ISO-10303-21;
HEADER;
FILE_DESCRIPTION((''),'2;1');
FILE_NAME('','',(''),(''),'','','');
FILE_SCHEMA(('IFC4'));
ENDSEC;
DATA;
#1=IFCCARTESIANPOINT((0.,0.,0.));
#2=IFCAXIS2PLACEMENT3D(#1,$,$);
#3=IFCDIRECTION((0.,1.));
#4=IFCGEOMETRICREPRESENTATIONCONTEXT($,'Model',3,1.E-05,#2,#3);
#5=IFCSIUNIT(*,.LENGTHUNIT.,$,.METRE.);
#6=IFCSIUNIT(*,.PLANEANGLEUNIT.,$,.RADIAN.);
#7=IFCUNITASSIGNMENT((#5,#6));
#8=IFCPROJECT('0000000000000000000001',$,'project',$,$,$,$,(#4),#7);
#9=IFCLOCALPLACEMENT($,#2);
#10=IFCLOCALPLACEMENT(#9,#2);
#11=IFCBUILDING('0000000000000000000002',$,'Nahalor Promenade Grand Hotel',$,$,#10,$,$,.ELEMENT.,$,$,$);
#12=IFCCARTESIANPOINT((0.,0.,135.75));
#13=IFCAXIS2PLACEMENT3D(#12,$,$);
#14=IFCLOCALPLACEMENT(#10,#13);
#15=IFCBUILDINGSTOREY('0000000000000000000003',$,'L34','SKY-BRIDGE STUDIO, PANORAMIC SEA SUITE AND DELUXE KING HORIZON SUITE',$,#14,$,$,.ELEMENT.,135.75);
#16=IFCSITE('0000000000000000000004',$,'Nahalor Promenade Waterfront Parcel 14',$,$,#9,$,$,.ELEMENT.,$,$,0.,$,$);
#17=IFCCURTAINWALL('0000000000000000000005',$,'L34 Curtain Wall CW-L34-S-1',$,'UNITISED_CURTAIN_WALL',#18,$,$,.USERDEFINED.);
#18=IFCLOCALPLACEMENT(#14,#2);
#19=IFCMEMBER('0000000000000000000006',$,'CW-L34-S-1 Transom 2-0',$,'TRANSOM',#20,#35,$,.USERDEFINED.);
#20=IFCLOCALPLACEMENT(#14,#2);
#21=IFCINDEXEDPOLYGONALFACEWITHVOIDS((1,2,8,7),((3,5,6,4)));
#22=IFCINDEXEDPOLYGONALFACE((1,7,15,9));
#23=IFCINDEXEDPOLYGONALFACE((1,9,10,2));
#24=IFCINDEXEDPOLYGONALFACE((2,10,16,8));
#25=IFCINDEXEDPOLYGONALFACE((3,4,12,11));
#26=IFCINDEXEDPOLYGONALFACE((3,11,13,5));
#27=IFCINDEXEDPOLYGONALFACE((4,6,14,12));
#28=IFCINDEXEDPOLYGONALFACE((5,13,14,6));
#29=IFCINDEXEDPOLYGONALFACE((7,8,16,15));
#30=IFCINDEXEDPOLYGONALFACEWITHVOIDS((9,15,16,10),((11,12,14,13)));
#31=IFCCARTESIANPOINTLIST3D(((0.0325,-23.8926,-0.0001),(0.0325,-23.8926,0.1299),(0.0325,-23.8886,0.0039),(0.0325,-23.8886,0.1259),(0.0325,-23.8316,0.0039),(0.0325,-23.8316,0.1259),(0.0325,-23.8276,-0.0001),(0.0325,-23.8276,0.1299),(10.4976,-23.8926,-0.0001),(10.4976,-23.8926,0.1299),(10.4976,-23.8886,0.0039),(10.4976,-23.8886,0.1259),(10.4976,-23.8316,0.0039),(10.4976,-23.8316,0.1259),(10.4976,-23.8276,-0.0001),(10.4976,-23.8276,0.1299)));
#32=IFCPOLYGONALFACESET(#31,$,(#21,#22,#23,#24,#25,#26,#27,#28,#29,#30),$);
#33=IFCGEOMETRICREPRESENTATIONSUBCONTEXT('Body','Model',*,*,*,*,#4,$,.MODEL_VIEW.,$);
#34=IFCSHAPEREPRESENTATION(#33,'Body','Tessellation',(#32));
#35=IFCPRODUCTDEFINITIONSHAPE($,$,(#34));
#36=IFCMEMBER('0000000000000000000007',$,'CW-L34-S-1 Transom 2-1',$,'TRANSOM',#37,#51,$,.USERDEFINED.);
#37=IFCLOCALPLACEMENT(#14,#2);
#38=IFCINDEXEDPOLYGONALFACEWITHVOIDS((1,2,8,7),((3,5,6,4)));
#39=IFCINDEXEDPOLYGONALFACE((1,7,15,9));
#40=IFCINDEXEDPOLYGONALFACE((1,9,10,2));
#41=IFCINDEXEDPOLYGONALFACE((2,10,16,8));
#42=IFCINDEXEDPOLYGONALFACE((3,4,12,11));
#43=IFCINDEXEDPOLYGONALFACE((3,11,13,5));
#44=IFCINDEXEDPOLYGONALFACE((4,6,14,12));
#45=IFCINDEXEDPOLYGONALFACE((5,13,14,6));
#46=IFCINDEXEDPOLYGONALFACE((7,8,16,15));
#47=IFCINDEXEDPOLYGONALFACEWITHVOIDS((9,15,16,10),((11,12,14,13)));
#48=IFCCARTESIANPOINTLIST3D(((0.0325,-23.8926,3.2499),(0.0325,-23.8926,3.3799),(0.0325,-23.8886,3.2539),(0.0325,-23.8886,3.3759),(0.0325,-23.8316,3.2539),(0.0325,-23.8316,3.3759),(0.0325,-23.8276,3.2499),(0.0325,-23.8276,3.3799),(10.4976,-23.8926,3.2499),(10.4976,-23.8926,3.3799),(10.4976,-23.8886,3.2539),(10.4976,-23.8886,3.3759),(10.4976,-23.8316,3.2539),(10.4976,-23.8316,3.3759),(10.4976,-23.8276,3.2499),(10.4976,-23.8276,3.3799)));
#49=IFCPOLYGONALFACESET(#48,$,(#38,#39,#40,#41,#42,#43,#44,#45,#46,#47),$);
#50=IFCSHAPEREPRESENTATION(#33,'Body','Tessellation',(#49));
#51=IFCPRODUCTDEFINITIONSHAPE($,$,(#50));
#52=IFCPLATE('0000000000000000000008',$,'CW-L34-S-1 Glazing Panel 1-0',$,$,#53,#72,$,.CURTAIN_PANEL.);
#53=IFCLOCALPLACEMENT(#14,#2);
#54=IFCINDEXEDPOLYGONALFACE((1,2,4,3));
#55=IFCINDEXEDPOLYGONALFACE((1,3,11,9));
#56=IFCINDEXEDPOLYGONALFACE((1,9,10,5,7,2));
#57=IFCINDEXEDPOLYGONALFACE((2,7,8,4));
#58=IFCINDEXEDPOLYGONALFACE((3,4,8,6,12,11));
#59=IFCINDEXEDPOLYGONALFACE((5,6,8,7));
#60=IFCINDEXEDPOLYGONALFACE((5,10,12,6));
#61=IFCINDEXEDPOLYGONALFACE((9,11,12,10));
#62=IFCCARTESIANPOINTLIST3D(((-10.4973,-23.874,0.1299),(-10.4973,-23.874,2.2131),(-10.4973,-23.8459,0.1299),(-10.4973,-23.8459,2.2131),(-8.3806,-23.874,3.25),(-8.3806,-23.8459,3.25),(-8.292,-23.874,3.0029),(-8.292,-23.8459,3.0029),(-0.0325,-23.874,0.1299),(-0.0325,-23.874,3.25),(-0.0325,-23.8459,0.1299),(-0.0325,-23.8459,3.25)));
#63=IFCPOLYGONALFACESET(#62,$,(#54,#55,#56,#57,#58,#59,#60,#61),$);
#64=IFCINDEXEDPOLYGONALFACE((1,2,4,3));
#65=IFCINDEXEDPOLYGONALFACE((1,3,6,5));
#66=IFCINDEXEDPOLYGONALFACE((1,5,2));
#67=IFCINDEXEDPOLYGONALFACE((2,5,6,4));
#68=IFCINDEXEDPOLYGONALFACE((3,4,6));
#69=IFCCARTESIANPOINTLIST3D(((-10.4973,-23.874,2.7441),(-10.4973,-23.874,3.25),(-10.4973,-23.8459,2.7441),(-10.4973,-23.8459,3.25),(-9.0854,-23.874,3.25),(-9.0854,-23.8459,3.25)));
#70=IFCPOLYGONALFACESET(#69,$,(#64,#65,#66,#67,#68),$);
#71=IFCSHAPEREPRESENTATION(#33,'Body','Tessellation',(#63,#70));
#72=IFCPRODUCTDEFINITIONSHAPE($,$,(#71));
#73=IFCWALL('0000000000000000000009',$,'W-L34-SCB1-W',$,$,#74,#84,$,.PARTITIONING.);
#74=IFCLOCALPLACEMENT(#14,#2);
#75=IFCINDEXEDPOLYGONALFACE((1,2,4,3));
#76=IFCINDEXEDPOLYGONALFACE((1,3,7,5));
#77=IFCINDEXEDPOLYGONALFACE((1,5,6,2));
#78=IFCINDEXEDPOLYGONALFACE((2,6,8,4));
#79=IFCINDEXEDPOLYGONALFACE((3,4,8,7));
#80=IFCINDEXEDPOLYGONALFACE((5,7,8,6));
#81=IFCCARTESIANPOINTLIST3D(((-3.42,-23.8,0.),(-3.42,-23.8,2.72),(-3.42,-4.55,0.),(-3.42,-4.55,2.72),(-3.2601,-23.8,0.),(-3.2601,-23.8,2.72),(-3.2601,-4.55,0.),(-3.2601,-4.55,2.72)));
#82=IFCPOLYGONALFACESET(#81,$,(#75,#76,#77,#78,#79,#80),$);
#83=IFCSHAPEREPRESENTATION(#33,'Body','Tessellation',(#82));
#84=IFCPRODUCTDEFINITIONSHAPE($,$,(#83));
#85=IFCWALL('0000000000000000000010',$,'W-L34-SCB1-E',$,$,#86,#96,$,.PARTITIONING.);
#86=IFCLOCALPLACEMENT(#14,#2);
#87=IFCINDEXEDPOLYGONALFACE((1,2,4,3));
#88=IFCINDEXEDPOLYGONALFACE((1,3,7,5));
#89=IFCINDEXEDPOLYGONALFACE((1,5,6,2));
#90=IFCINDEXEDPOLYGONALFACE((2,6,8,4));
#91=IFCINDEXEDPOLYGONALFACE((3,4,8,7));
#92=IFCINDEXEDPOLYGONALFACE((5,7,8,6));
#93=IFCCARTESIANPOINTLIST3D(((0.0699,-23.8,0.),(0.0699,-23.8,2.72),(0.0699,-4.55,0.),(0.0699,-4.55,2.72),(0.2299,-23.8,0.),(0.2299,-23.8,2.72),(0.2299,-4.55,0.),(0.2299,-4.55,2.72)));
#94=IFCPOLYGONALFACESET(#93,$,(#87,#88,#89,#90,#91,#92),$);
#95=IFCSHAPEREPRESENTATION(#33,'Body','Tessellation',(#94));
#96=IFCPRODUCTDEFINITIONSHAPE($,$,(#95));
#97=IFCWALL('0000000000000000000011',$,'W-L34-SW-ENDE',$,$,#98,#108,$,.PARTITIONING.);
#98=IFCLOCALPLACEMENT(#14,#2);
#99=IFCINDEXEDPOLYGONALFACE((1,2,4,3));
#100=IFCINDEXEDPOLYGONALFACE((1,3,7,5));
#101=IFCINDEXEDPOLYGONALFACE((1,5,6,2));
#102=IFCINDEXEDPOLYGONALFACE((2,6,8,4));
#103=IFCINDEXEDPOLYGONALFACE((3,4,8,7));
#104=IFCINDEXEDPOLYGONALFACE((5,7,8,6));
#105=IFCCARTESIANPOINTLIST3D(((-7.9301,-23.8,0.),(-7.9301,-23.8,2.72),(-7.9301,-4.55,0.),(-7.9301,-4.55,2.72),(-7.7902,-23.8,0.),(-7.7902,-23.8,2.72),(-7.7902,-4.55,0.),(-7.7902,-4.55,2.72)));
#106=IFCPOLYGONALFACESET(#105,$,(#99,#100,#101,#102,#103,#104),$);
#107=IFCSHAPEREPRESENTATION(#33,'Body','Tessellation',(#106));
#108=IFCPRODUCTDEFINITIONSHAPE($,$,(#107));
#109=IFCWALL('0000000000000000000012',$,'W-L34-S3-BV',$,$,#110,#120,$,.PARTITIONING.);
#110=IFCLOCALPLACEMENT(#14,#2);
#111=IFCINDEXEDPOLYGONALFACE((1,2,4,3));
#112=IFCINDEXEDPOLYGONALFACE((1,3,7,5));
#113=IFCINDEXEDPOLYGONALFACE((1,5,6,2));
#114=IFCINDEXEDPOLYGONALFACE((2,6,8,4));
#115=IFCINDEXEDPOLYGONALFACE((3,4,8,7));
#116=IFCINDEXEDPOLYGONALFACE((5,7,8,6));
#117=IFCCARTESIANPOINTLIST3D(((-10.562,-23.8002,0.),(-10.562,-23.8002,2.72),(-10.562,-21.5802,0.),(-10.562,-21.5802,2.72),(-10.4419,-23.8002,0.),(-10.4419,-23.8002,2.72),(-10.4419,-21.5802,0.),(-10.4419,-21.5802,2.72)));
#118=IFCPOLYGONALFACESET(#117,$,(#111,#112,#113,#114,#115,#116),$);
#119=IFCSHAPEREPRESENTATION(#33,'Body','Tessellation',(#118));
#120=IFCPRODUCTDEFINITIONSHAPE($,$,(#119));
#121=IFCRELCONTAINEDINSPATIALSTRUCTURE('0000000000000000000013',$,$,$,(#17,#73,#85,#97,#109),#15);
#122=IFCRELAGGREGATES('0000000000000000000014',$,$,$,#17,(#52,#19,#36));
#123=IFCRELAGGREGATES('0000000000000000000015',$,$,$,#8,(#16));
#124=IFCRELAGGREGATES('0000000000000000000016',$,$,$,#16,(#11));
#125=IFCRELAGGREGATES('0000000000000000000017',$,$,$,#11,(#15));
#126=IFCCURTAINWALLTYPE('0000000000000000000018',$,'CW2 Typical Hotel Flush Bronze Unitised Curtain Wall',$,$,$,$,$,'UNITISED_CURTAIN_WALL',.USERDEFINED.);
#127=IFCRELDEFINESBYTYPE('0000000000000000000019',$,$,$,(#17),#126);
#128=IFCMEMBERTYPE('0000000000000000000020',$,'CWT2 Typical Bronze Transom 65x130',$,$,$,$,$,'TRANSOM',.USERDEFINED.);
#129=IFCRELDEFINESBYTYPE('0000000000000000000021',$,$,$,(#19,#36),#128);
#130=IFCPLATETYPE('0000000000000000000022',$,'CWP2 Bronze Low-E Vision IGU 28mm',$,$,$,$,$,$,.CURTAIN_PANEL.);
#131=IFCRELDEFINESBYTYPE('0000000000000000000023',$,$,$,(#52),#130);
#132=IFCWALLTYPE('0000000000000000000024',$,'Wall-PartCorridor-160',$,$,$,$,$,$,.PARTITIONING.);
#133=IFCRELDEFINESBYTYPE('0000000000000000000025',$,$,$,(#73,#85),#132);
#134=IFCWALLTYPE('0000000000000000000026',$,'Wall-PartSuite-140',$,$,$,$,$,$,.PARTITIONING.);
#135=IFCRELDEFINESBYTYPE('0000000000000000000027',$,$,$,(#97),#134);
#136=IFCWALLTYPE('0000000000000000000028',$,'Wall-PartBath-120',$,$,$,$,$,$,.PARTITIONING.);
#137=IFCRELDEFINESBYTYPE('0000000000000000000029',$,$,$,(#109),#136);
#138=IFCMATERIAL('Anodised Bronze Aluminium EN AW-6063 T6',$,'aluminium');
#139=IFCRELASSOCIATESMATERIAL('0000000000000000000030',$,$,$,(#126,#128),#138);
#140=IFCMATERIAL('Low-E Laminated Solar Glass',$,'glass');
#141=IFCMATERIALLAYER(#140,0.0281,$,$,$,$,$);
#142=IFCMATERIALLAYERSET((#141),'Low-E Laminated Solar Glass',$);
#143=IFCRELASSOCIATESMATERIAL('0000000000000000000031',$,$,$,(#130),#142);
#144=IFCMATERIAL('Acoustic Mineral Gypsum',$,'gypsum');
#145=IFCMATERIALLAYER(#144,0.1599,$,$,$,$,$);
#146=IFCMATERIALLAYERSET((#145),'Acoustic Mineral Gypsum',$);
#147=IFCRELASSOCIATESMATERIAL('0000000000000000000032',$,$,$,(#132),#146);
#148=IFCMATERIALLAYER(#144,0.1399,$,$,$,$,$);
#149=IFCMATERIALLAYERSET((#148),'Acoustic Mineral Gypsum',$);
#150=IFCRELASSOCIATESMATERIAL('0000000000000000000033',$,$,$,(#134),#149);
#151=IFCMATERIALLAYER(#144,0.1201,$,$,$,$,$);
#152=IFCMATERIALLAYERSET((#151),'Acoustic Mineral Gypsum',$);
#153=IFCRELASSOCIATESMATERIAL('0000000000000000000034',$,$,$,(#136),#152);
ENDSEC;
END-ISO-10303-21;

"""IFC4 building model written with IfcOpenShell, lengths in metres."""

from ifc_helpers import new_model, si_unit, direction, frame, frame_2d, origin, origin_2d, place, context, subcontext, project, spatial, polyline, rectangle, hollow_rectangle, outline, extrude, source, transform, mapped, material, layer, layer_set, material_profile, profile_set, type_object, element, aggregate, save


model = new_model("IFC4")

# Units and contexts
model_context = context("Model", 3, precision=1e-05, world=origin(), true_north=direction((0.0, 1.0)))
body_context = subcontext(model_context, "Body", "Model", "MODEL_VIEW")
ifc_project = project(units=[si_unit("LENGTHUNIT", "METRE"), si_unit("PLANEANGLEUNIT", "RADIAN")], contexts=[model_context])

# Site, building, storey
site_placement = place(None, origin())
site = spatial("IfcSite", under=ifc_project, at=site_placement, Name="Nahalor Promenade Waterfront Parcel 14", CompositionType="ELEMENT", RefElevation=0.0)
building_placement = place(site_placement, origin())
building = spatial("IfcBuilding", under=site, at=building_placement, Name="Nahalor Promenade Grand Hotel", CompositionType="ELEMENT")
storey_placement = place(building_placement, frame((0.0, 0.0, 135.75)))
storey = spatial("IfcBuildingStorey", under=building, at=storey_placement, Name="L34", Description="SKY-BRIDGE STUDIO, PANORAMIC SEA SUITE AND DELUXE KING HORIZON SUITE", CompositionType="ELEMENT", Elevation=135.75)

# Curtain wall, members, plate
ifc_material_1 = material(Name="Anodised Bronze Aluminium EN AW-6063 T6", Category="aluminium")
curtain_wall_type = type_object("IfcCurtainWallType", Name="CW2 Typical Hotel Flush Bronze Unitised Curtain Wall", ElementType="UNITISED_CURTAIN_WALL", PredefinedType="USERDEFINED", material=ifc_material_1)
curtain_wall_placement = place(storey_placement, origin())
curtain_wall = element("IfcCurtainWall", 1, at=curtain_wall_placement, inside=storey, type_object=curtain_wall_type, Name="L34 Curtain Wall CW-L34-S-1", ObjectType="UNITISED_CURTAIN_WALL", PredefinedType="USERDEFINED")
ifc_material_profile_1 = material_profile(ifc_material_1, hollow_rectangle(XDim=0.065, YDim=0.13, WallThickness=0.004, at=origin_2d()), Name="CWT 65x130x4")
ifc_profile_set_1 = profile_set([ifc_material_profile_1], Name="Anodised Bronze Aluminium EN AW-6063 T6")
member_type_1 = type_object("IfcMemberType", Name="CWT2 Typical Bronze Transom 65x130", ElementType="TRANSOM", PredefinedType="USERDEFINED", material=ifc_profile_set_1)
shared_shape_1 = source(origin(), body_context, "Body", "SweptSolid", [
    extrude(hollow_rectangle(XDim=0.065, YDim=0.13, WallThickness=0.004, at=origin_2d()), origin(), (0.0, 0.0, 1.0), 10.4651),
])
member_1_placement = place(storey_placement, frame((0.0325, -23.8601, 0.0649), z_axis=(1.0, 0.0, 0.0), x_axis=(0.0, 1.0, 0.0)))
member_1 = element("IfcMember", 2, at=member_1_placement, type_object=member_type_1, Name="CW-L34-S-1 Transom 2-0", ObjectType="TRANSOM", PredefinedType="USERDEFINED", context=body_context, shape_type="MappedRepresentation", body=[
    mapped(shared_shape_1, transform((0.0, 0.0, 0.0), scale=1.0)),
])
member_2_placement = place(storey_placement, frame((0.0325, -23.8601, 3.3149), z_axis=(1.0, 0.0, 0.0), x_axis=(0.0, 1.0, 0.0)))
member_2 = element("IfcMember", 3, at=member_2_placement, type_object=member_type_1, Name="CW-L34-S-1 Transom 2-1", ObjectType="TRANSOM", PredefinedType="USERDEFINED", context=body_context, shape_type="MappedRepresentation", body=[
    mapped(shared_shape_1, transform((0.0, 0.0, 0.0), scale=1.0)),
])
ifc_material_2 = material(Name="Low-E Laminated Solar Glass", Category="glass")
ifc_layer_1 = layer(ifc_material_2, 0.0281)
ifc_layer_set_1 = layer_set([ifc_layer_1], Name="Low-E Laminated Solar Glass")
plate_type = type_object("IfcPlateType", Name="CWP2 Bronze Low-E Vision IGU 28mm", PredefinedType="CURTAIN_PANEL", material=ifc_layer_set_1)
plate_placement = place(storey_placement, frame((-5.2649, -23.8601, 0.1299), z_axis=(0.0, 0.0, 1.0), x_axis=(1.0, 0.0, 0.0)))
plate = element("IfcPlate", 4, at=plate_placement, type_object=plate_type, Name="CW-L34-S-1 Glazing Panel 1-0", PredefinedType="CURTAIN_PANEL", context=body_context, shape_type="SweptSolid", body=[
    extrude(outline(polyline([(5.2324, 0.0), (5.2324, 3.1201), (-3.1157, 3.1201), (-3.0271, 2.873), (-5.2324, 2.0833), (-5.2324, 0.0), (5.2324, 0.0)])), frame((0.0, 0.0142, 0.0), z_axis=(0.0, -1.0, 0.0), x_axis=(1.0, 0.0, 0.0)), (0.0, 0.0, 1.0), 0.0281),
    extrude(outline(polyline([(-3.8206, 3.1201), (-5.2324, 3.1201), (-5.2324, 2.6143), (-3.8206, 3.1201)])), frame((0.0, 0.0142, 0.0), z_axis=(0.0, -1.0, 0.0), x_axis=(1.0, 0.0, 0.0)), (0.0, 0.0, 1.0), 0.0281),
])
aggregate(curtain_wall, [plate, member_1, member_2])

# Walls
ifc_material_3 = material(Name="Acoustic Mineral Gypsum", Category="gypsum")
ifc_layer_2 = layer(ifc_material_3, 0.1599)
ifc_layer_set_2 = layer_set([ifc_layer_2], Name="Acoustic Mineral Gypsum")
wall_type_1 = type_object("IfcWallType", Name="Wall-PartCorridor-160", PredefinedType="PARTITIONING", material=ifc_layer_set_2)
shared_shape_2 = source(origin(), body_context, "Body", "SweptSolid", [
    extrude(rectangle(XDim=19.25, YDim=0.1599, at=frame_2d((9.625, 0.0))), origin(), (0.0, 0.0, 1.0), 2.72),
])
for number, where, z_axis, x_axis, name in (
    (5, (-3.3401, -23.8, 0.0), (0.0, 0.0, 1.0), (0.0, 1.0, 0.0), "W-L34-SCB1-W"),
    (6, (0.1499, -23.8, 0.0), (0.0, 0.0, 1.0), (0.0, 1.0, 0.0), "W-L34-SCB1-E"),
):
    element("IfcWall", number, at=place(storey_placement, frame(where, z_axis=z_axis, x_axis=x_axis)), inside=storey, type_object=wall_type_1, Name=name, PredefinedType="PARTITIONING", context=body_context, shape_type="MappedRepresentation", body=[
        mapped(shared_shape_2, transform((0.0, 0.0, 0.0), scale=1.0)),
    ])
ifc_layer_3 = layer(ifc_material_3, 0.1399)
ifc_layer_set_3 = layer_set([ifc_layer_3], Name="Acoustic Mineral Gypsum")
wall_type_2 = type_object("IfcWallType", Name="Wall-PartSuite-140", PredefinedType="PARTITIONING", material=ifc_layer_set_3)
shared_shape_3 = source(origin(), body_context, "Body", "SweptSolid", [
    extrude(rectangle(XDim=19.25, YDim=0.1399, at=frame_2d((9.625, 0.0))), origin(), (0.0, 0.0, 1.0), 2.72),
])
wall_1_placement = place(storey_placement, frame((-7.8601, -23.8, 0.0), z_axis=(0.0, 0.0, 1.0), x_axis=(0.0, 1.0, 0.0)))
element("IfcWall", 7, at=wall_1_placement, inside=storey, type_object=wall_type_2, Name="W-L34-SW-ENDE", PredefinedType="PARTITIONING", context=body_context, shape_type="MappedRepresentation", body=[
    mapped(shared_shape_3, transform((0.0, 0.0, 0.0), scale=1.0)),
])
ifc_layer_4 = layer(ifc_material_3, 0.1201)
ifc_layer_set_4 = layer_set([ifc_layer_4], Name="Acoustic Mineral Gypsum")
wall_type_3 = type_object("IfcWallType", Name="Wall-PartBath-120", PredefinedType="PARTITIONING", material=ifc_layer_set_4)
shared_shape_4 = source(origin(), body_context, "Body", "SweptSolid", [
    extrude(rectangle(XDim=2.22, YDim=0.1201, at=frame_2d((1.1099, 0.0))), origin(), (0.0, 0.0, 1.0), 2.72),
])
wall_2_placement = place(storey_placement, frame((-10.502, -23.8, 0.0), z_axis=(0.0, 0.0, 1.0), x_axis=(0.0, 1.0, 0.0)))
element("IfcWall", 8, at=wall_2_placement, inside=storey, type_object=wall_type_3, Name="W-L34-S3-BV", PredefinedType="PARTITIONING", context=body_context, shape_type="MappedRepresentation", body=[
    mapped(shared_shape_4, transform((0.0, 0.0, 0.0), scale=1.0)),
])

save(model, "model.ifc")
